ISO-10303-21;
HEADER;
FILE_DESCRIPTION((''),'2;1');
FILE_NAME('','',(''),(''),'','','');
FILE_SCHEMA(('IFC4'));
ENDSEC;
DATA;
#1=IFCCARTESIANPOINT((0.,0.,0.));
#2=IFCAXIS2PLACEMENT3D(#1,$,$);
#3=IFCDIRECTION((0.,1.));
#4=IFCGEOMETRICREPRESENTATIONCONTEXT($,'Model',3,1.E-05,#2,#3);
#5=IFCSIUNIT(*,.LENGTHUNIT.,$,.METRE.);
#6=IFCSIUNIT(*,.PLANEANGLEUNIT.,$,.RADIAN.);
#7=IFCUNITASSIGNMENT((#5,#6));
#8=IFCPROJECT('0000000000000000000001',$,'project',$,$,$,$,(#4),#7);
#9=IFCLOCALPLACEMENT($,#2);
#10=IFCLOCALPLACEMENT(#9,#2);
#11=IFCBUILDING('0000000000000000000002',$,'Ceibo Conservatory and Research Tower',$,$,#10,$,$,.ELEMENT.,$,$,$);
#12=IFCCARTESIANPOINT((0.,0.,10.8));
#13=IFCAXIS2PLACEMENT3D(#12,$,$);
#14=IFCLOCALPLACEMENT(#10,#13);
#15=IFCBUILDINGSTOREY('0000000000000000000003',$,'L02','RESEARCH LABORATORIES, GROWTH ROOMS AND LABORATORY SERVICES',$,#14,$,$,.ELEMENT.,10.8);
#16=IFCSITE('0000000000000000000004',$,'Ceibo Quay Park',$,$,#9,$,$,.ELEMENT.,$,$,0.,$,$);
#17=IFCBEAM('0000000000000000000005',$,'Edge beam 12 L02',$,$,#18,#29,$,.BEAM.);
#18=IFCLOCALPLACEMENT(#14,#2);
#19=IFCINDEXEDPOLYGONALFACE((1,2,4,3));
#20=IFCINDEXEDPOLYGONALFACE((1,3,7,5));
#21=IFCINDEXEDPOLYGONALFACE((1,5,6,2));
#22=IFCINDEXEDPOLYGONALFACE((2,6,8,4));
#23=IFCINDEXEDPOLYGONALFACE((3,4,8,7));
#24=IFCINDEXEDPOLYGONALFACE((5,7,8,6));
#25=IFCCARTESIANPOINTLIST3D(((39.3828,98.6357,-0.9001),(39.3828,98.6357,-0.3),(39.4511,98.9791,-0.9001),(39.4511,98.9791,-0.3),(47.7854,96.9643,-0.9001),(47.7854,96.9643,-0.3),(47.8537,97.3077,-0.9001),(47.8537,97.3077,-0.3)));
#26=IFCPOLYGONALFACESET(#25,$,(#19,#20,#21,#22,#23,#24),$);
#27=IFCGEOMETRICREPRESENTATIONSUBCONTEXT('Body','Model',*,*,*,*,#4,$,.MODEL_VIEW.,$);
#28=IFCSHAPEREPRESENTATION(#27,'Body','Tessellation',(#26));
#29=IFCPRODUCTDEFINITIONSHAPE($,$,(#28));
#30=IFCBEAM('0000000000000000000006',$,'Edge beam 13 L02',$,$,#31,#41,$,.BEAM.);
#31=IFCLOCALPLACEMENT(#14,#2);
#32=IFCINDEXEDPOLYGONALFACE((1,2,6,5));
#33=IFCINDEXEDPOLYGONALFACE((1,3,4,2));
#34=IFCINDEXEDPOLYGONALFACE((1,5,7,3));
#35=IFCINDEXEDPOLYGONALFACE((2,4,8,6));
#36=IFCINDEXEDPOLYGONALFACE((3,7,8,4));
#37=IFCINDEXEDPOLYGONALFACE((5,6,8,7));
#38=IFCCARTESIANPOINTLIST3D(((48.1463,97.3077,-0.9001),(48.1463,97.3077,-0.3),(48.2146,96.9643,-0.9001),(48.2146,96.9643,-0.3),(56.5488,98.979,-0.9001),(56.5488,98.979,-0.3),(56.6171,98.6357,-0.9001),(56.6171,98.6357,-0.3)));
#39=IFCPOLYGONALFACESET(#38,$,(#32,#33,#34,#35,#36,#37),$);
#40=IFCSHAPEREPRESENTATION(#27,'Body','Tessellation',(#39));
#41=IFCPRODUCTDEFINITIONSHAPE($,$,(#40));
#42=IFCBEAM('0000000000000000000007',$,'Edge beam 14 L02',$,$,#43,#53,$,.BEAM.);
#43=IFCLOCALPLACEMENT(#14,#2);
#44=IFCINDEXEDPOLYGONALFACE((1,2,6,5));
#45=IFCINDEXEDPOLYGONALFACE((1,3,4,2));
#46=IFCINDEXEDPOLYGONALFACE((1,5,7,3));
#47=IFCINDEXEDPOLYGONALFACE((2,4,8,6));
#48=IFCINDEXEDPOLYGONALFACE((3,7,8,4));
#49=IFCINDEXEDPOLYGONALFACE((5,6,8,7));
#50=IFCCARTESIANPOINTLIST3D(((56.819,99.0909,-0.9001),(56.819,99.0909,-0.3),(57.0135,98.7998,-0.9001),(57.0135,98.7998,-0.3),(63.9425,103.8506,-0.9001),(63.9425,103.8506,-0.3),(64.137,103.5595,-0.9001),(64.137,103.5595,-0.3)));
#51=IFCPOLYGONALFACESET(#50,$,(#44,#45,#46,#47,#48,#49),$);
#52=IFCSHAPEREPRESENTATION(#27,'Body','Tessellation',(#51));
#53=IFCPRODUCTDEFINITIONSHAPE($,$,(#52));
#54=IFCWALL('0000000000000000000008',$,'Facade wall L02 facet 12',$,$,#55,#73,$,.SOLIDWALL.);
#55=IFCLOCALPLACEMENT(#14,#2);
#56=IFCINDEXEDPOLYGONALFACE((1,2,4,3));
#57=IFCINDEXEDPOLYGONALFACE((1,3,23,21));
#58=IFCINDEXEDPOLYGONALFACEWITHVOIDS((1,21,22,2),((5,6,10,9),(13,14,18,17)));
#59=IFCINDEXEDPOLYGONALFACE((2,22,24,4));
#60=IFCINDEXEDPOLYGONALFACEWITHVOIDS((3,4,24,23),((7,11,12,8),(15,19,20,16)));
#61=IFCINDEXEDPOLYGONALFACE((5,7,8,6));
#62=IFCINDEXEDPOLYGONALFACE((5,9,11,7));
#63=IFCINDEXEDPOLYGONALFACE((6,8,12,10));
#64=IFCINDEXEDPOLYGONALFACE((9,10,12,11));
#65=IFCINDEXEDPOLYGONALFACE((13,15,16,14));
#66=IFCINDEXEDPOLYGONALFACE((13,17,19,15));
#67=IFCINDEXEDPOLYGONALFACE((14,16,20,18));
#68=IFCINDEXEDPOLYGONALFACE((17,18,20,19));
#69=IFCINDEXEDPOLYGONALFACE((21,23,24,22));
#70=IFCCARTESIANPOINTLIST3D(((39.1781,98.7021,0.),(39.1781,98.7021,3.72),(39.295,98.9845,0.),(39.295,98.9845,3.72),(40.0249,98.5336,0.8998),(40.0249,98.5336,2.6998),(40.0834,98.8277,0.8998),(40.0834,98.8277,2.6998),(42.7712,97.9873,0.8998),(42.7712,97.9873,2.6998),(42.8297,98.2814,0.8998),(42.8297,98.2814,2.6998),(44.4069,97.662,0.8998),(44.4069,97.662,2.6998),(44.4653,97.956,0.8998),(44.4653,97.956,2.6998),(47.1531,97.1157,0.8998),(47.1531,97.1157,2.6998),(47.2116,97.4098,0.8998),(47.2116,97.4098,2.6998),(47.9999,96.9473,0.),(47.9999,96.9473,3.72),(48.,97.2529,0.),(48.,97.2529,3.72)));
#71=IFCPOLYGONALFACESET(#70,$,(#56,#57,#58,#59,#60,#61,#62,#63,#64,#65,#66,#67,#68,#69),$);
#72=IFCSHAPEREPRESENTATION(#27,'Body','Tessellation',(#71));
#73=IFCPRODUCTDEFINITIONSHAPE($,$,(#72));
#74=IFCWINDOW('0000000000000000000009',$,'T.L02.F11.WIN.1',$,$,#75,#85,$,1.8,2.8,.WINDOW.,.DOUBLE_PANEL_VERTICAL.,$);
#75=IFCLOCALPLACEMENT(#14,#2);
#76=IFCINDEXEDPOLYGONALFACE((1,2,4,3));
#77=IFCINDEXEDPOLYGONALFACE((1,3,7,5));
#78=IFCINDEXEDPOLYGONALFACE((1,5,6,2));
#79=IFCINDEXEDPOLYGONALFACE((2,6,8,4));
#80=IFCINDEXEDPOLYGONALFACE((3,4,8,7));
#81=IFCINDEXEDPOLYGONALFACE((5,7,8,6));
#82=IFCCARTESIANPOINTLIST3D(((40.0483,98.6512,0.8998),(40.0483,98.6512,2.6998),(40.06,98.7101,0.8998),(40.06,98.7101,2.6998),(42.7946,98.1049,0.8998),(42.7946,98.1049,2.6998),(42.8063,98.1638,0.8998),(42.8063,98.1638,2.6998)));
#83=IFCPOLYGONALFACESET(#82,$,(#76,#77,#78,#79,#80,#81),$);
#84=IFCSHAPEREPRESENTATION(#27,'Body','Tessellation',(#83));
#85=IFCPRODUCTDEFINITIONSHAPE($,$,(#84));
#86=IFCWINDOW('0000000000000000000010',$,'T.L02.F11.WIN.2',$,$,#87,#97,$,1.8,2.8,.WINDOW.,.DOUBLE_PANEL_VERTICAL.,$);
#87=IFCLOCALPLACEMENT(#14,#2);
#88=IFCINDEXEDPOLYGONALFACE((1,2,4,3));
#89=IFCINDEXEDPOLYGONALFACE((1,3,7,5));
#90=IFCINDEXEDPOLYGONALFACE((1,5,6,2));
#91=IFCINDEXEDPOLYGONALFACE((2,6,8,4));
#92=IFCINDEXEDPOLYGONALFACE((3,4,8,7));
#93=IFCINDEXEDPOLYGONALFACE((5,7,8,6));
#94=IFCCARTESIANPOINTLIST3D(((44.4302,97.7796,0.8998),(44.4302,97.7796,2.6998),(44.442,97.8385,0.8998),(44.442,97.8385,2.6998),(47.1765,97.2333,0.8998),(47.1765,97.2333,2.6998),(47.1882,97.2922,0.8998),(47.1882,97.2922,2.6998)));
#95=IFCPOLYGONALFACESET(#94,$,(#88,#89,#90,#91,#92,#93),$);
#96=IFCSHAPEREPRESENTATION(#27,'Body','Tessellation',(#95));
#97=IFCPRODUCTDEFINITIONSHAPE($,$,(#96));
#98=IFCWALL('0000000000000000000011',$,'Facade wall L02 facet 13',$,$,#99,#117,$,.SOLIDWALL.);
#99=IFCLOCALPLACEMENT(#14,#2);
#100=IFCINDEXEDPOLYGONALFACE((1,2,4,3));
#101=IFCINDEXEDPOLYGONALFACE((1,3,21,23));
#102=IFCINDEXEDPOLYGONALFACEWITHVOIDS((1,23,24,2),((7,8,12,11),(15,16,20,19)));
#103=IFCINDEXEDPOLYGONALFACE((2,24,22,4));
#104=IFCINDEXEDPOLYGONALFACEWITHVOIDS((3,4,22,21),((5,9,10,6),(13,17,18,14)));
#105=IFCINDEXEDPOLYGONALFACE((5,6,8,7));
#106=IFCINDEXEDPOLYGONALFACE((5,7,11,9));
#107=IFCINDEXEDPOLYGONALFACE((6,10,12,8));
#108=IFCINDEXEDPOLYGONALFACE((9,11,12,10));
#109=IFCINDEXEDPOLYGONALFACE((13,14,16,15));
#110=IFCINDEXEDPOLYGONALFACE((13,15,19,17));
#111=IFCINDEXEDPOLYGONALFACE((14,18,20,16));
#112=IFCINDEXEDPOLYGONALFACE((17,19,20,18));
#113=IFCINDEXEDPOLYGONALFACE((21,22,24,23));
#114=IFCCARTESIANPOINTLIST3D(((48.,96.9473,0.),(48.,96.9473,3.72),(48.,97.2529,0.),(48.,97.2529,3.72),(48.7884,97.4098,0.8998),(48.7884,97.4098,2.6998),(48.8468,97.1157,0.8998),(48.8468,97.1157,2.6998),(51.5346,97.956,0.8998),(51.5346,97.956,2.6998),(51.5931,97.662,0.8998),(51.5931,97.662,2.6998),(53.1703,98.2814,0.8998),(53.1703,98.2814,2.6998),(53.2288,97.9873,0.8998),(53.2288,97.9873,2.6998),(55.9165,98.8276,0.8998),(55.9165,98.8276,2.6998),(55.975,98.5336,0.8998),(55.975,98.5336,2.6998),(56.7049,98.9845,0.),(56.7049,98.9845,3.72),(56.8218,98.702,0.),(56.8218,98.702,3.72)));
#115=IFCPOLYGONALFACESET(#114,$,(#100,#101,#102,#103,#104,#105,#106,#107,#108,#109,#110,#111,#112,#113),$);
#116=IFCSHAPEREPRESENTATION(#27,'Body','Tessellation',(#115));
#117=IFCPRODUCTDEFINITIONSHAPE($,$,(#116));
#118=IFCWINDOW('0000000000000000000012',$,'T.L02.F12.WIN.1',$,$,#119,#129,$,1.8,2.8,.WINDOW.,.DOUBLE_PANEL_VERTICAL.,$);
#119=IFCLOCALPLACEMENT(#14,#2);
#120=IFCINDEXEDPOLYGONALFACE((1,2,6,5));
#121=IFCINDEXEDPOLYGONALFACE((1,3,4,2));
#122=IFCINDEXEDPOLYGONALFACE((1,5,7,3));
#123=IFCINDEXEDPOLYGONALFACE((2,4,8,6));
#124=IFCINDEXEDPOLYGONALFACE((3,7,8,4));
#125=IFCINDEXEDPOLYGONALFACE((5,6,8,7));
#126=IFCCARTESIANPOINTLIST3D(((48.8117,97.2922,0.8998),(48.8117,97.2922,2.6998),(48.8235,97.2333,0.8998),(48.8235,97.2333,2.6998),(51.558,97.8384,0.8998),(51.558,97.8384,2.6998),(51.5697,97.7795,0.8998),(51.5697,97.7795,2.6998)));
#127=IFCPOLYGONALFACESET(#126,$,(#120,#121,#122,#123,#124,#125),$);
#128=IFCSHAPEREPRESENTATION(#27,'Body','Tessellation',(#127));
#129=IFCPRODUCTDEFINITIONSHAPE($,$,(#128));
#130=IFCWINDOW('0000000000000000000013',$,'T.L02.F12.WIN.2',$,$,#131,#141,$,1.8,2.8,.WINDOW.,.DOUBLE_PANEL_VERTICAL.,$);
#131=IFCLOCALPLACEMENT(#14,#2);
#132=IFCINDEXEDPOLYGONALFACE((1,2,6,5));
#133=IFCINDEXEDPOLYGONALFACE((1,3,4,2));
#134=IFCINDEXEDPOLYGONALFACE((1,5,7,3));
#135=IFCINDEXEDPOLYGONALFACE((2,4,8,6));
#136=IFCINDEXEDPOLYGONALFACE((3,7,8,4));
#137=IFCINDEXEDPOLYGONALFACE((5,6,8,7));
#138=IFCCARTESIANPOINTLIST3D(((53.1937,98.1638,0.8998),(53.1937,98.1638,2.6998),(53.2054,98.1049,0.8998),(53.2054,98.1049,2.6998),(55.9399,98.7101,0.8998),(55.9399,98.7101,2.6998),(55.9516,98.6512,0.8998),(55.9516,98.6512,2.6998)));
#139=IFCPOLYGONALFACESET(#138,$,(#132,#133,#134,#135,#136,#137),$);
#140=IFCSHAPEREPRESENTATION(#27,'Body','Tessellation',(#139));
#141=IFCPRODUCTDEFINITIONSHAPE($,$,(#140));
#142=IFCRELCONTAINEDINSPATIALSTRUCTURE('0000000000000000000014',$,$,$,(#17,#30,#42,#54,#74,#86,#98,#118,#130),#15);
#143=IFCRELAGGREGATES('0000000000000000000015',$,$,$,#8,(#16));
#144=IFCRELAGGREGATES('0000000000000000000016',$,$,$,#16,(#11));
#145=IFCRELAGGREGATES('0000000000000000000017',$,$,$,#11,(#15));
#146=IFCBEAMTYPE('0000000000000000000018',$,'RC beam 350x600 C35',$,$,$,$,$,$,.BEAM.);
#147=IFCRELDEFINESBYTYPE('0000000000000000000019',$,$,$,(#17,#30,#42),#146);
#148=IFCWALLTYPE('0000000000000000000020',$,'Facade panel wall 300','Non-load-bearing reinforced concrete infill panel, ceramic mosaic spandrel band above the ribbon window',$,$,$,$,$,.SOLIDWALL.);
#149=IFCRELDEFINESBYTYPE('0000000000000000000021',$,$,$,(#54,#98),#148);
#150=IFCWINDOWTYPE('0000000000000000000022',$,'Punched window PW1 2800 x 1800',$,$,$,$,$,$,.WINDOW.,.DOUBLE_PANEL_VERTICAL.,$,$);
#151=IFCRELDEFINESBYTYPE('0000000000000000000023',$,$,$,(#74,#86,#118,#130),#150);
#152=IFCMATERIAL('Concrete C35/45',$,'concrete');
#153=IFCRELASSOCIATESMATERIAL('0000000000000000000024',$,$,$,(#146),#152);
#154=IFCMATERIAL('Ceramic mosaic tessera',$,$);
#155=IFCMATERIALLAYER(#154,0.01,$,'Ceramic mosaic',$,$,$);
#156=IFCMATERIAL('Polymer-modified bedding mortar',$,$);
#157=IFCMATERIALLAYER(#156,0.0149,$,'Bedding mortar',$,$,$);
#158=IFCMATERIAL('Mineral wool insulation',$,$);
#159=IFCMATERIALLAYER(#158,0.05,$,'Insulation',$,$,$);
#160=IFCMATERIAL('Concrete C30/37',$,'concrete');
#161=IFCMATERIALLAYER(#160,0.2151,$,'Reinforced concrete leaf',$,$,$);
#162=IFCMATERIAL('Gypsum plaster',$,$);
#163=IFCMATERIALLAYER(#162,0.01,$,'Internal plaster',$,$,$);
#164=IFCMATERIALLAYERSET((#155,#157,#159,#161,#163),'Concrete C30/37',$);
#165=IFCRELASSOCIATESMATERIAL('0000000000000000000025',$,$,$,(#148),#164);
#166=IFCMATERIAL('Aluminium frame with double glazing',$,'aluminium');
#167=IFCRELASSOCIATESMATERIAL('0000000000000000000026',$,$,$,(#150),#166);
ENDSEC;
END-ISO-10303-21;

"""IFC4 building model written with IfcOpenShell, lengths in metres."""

from ifc_helpers import new_model, si_unit, direction, frame, frame_2d, origin, origin_2d, place, context, subcontext, project, spatial, polyline, rectangle, outline, extrude, material, layer, layer_set, material_profile, profile_set, type_object, element, fill, save


model = new_model("IFC4")

# Units and contexts
model_context = context("Model", 3, precision=1e-05, world=origin(), true_north=direction((0.0, 1.0)))
body_context = subcontext(model_context, "Body", "Model", "MODEL_VIEW")
ifc_project = project(units=[si_unit("LENGTHUNIT", "METRE"), si_unit("PLANEANGLEUNIT", "RADIAN")], contexts=[model_context])

# Site, building, storey
site_placement = place(None, origin())
site = spatial("IfcSite", under=ifc_project, at=site_placement, Name="Ceibo Quay Park", CompositionType="ELEMENT", RefElevation=0.0)
building_placement = place(site_placement, origin())
building = spatial("IfcBuilding", under=site, at=building_placement, Name="Ceibo Conservatory and Research Tower", CompositionType="ELEMENT")
storey_placement = place(building_placement, frame((0.0, 0.0, 10.8)))
storey = spatial("IfcBuildingStorey", under=building, at=storey_placement, Name="L02", Description="RESEARCH LABORATORIES, GROWTH ROOMS AND LABORATORY SERVICES", CompositionType="ELEMENT", Elevation=10.8)

# Beams
ifc_material_1 = material(Name="Concrete C35/45", Category="concrete")
ifc_material_profile = material_profile(ifc_material_1, rectangle(XDim=0.3501, YDim=0.6001, at=origin_2d()), Name="RC 350x600")
ifc_profile_set = profile_set([ifc_material_profile], Name="Concrete C35/45")
beam_type = type_object("IfcBeamType", Name="RC beam 350x600 C35", PredefinedType="BEAM", material=ifc_profile_set)
for number, where, z_axis, x_axis, name in (
    (1, (39.417, 98.8074, -0.6001), (0.980785, -0.195091, 0.0), (0.195091, 0.980785, 0.0), "Edge beam 12 L02"),
    (2, (48.1804, 97.136, -0.6001), (0.980785, 0.195091, 0.0), (-0.195091, 0.980785, 0.0), "Edge beam 13 L02"),
):
    element("IfcBeam", number, at=place(storey_placement, frame(where, z_axis=z_axis, x_axis=x_axis)), inside=storey, type_object=beam_type, Name=name, PredefinedType="BEAM", context=body_context, shape_type="SweptSolid", body=[
        extrude(rectangle(XDim=0.3501, YDim=0.6001, at=origin_2d()), origin(), (0.0, 0.0, 1.0), 8.5671),
    ])
beam_placement = place(storey_placement, frame((56.9163, 98.9453, -0.6001), z_axis=(0.831471, 0.555568, 0.0), x_axis=(-0.555568, 0.831471, 0.0)))
element("IfcBeam", 3, at=beam_placement, inside=storey, type_object=beam_type, Name="Edge beam 14 L02", PredefinedType="BEAM", context=body_context, shape_type="SweptSolid", body=[
    extrude(rectangle(XDim=0.3501, YDim=0.6001, at=origin_2d()), origin(), (0.0, 0.0, 1.0), 8.5674),
])

# Walls, openings, windows
ifc_material_2 = material(Name="Ceramic mosaic tessera")
ifc_layer_1 = layer(ifc_material_2, 0.01, Name="Ceramic mosaic")
ifc_material_3 = material(Name="Polymer-modified bedding mortar")
ifc_layer_2 = layer(ifc_material_3, 0.0149, Name="Bedding mortar")
ifc_material_4 = material(Name="Mineral wool insulation")
ifc_layer_3 = layer(ifc_material_4, 0.05, Name="Insulation")
ifc_material_5 = material(Name="Concrete C30/37", Category="concrete")
ifc_layer_4 = layer(ifc_material_5, 0.2151, Name="Reinforced concrete leaf")
ifc_material_6 = material(Name="Gypsum plaster")
ifc_layer_5 = layer(ifc_material_6, 0.01, Name="Internal plaster")
ifc_layer_set_1 = layer_set([ifc_layer_1, ifc_layer_2, ifc_layer_3, ifc_layer_4, ifc_layer_5], Name="Concrete C30/37")
wall_type_1 = type_object("IfcWallType", Name="Facade panel wall 300", Description="Non-load-bearing reinforced concrete infill panel, ceramic mosaic spandrel band above the ribbon window", PredefinedType="SOLIDWALL", material=ifc_layer_set_1)
wall_1_placement = place(storey_placement, frame((39.2366, 98.8433, 0.0), z_axis=(0.0, 0.0, 1.0), x_axis=(0.980785, -0.195091, 0.0)))
wall_1 = element("IfcWall", 4, at=wall_1_placement, inside=storey, type_object=wall_type_1, Name="Facade wall L02 facet 12", PredefinedType="SOLIDWALL", context=body_context, shape_type="SweptSolid", body=[
    extrude(outline(polyline([(-0.0298, -0.1499), (8.9648, -0.1499), (8.9053, 0.1499), (0.0298, 0.1499), (-0.0298, -0.1499)])), origin(), (0.0, 0.0, 1.0), 3.72),
])
opening_1_placement = place(wall_1_placement, frame((0.8337, 0.0, 0.8999)))
opening_1 = element("IfcOpeningElement", 5, at=opening_1_placement, cuts=wall_1, PredefinedType="OPENING", context=body_context, shape_type="SweptSolid", body=[
    extrude(rectangle(XDim=2.8, YDim=1.8, at=frame_2d((1.3999, 0.8999))), frame((0.0, 0.1599, 0.0), z_axis=(0.0, -1.0, 0.0), x_axis=(1.0, 0.0, 0.0)), (0.0, 0.0, 1.0), 0.3201),
])
opening_2_placement = place(wall_1_placement, frame((5.3015, 0.0, 0.8999)))
opening_2 = element("IfcOpeningElement", 6, at=opening_2_placement, cuts=wall_1, PredefinedType="OPENING", context=body_context, shape_type="SweptSolid", body=[
    extrude(rectangle(XDim=2.8, YDim=1.8, at=frame_2d((1.3999, 0.8999))), frame((0.0, 0.1599, 0.0), z_axis=(0.0, -1.0, 0.0), x_axis=(1.0, 0.0, 0.0)), (0.0, 0.0, 1.0), 0.3201),
])
ifc_material_7 = material(Name="Aluminium frame with double glazing", Category="aluminium")
window_type = type_object("IfcWindowType", Name="Punched window PW1 2800 x 1800", PartitioningType="DOUBLE_PANEL_VERTICAL", PredefinedType="WINDOW", material=ifc_material_7)
window_1_placement = place(opening_1_placement, origin())
window_1 = element("IfcWindow", 7, at=window_1_placement, inside=storey, type_object=window_type, Name="T.L02.F11.WIN.1", OverallHeight=1.8, OverallWidth=2.8, PartitioningType="DOUBLE_PANEL_VERTICAL", PredefinedType="WINDOW", context=body_context, shape_type="SweptSolid", body=[
    extrude(rectangle(XDim=2.8, YDim=1.8, at=frame_2d((1.3999, 0.8999))), frame((0.0, 0.03, 0.0), z_axis=(0.0, -1.0, 0.0), x_axis=(1.0, 0.0, 0.0)), (0.0, 0.0, 1.0), 0.0601),
])
fill(opening_1, window_1)
window_2_placement = place(opening_2_placement, origin())
window_2 = element("IfcWindow", 8, at=window_2_placement, inside=storey, type_object=window_type, Name="T.L02.F11.WIN.2", OverallHeight=1.8, OverallWidth=2.8, PartitioningType="DOUBLE_PANEL_VERTICAL", PredefinedType="WINDOW", context=body_context, shape_type="SweptSolid", body=[
    extrude(rectangle(XDim=2.8, YDim=1.8, at=frame_2d((1.3999, 0.8999))), frame((0.0, 0.03, 0.0), z_axis=(0.0, -1.0, 0.0), x_axis=(1.0, 0.0, 0.0)), (0.0, 0.0, 1.0), 0.0601),
])
fill(opening_2, window_2)
wall_2_placement = place(storey_placement, frame((48.0, 97.1001, 0.0), z_axis=(0.0, 0.0, 1.0), x_axis=(0.980785, 0.195091, 0.0)))
wall_2 = element("IfcWall", 9, at=wall_2_placement, inside=storey, type_object=wall_type_1, Name="Facade wall L02 facet 13", PredefinedType="SOLIDWALL", context=body_context, shape_type="SweptSolid", body=[
    extrude(outline(polyline([(-0.0298, -0.1499), (8.9648, -0.1499), (8.9053, 0.1499), (0.0298, 0.1499), (-0.0298, -0.1499)])), origin(), (0.0, 0.0, 1.0), 3.72),
])
opening_3_placement = place(wall_2_placement, frame((0.8337, 0.0, 0.8999)))
opening_3 = element("IfcOpeningElement", 10, at=opening_3_placement, cuts=wall_2, PredefinedType="OPENING", context=body_context, shape_type="SweptSolid", body=[
    extrude(rectangle(XDim=2.8, YDim=1.8, at=frame_2d((1.3999, 0.8999))), frame((0.0, 0.1599, 0.0), z_axis=(0.0, -1.0, 0.0), x_axis=(1.0, 0.0, 0.0)), (0.0, 0.0, 1.0), 0.3201),
])
opening_4_placement = place(wall_2_placement, frame((5.3015, 0.0, 0.8999)))
opening_4 = element("IfcOpeningElement", 11, at=opening_4_placement, cuts=wall_2, PredefinedType="OPENING", context=body_context, shape_type="SweptSolid", body=[
    extrude(rectangle(XDim=2.8, YDim=1.8, at=frame_2d((1.3999, 0.8999))), frame((0.0, 0.1599, 0.0), z_axis=(0.0, -1.0, 0.0), x_axis=(1.0, 0.0, 0.0)), (0.0, 0.0, 1.0), 0.3201),
])
window_3_placement = place(opening_3_placement, origin())
window_3 = element("IfcWindow", 12, at=window_3_placement, inside=storey, type_object=window_type, Name="T.L02.F12.WIN.1", OverallHeight=1.8, OverallWidth=2.8, PartitioningType="DOUBLE_PANEL_VERTICAL", PredefinedType="WINDOW", context=body_context, shape_type="SweptSolid", body=[
    extrude(rectangle(XDim=2.8, YDim=1.8, at=frame_2d((1.3999, 0.8999))), frame((0.0, 0.03, 0.0), z_axis=(0.0, -1.0, 0.0), x_axis=(1.0, 0.0, 0.0)), (0.0, 0.0, 1.0), 0.0601),
])
fill(opening_3, window_3)
window_4_placement = place(opening_4_placement, origin())
window_4 = element("IfcWindow", 13, at=window_4_placement, inside=storey, type_object=window_type, Name="T.L02.F12.WIN.2", OverallHeight=1.8, OverallWidth=2.8, PartitioningType="DOUBLE_PANEL_VERTICAL", PredefinedType="WINDOW", context=body_context, shape_type="SweptSolid", body=[
    extrude(rectangle(XDim=2.8, YDim=1.8, at=frame_2d((1.3999, 0.8999))), frame((0.0, 0.03, 0.0), z_axis=(0.0, -1.0, 0.0), x_axis=(1.0, 0.0, 0.0)), (0.0, 0.0, 1.0), 0.0601),
])
fill(opening_4, window_4)

save(model, "model.ifc")
